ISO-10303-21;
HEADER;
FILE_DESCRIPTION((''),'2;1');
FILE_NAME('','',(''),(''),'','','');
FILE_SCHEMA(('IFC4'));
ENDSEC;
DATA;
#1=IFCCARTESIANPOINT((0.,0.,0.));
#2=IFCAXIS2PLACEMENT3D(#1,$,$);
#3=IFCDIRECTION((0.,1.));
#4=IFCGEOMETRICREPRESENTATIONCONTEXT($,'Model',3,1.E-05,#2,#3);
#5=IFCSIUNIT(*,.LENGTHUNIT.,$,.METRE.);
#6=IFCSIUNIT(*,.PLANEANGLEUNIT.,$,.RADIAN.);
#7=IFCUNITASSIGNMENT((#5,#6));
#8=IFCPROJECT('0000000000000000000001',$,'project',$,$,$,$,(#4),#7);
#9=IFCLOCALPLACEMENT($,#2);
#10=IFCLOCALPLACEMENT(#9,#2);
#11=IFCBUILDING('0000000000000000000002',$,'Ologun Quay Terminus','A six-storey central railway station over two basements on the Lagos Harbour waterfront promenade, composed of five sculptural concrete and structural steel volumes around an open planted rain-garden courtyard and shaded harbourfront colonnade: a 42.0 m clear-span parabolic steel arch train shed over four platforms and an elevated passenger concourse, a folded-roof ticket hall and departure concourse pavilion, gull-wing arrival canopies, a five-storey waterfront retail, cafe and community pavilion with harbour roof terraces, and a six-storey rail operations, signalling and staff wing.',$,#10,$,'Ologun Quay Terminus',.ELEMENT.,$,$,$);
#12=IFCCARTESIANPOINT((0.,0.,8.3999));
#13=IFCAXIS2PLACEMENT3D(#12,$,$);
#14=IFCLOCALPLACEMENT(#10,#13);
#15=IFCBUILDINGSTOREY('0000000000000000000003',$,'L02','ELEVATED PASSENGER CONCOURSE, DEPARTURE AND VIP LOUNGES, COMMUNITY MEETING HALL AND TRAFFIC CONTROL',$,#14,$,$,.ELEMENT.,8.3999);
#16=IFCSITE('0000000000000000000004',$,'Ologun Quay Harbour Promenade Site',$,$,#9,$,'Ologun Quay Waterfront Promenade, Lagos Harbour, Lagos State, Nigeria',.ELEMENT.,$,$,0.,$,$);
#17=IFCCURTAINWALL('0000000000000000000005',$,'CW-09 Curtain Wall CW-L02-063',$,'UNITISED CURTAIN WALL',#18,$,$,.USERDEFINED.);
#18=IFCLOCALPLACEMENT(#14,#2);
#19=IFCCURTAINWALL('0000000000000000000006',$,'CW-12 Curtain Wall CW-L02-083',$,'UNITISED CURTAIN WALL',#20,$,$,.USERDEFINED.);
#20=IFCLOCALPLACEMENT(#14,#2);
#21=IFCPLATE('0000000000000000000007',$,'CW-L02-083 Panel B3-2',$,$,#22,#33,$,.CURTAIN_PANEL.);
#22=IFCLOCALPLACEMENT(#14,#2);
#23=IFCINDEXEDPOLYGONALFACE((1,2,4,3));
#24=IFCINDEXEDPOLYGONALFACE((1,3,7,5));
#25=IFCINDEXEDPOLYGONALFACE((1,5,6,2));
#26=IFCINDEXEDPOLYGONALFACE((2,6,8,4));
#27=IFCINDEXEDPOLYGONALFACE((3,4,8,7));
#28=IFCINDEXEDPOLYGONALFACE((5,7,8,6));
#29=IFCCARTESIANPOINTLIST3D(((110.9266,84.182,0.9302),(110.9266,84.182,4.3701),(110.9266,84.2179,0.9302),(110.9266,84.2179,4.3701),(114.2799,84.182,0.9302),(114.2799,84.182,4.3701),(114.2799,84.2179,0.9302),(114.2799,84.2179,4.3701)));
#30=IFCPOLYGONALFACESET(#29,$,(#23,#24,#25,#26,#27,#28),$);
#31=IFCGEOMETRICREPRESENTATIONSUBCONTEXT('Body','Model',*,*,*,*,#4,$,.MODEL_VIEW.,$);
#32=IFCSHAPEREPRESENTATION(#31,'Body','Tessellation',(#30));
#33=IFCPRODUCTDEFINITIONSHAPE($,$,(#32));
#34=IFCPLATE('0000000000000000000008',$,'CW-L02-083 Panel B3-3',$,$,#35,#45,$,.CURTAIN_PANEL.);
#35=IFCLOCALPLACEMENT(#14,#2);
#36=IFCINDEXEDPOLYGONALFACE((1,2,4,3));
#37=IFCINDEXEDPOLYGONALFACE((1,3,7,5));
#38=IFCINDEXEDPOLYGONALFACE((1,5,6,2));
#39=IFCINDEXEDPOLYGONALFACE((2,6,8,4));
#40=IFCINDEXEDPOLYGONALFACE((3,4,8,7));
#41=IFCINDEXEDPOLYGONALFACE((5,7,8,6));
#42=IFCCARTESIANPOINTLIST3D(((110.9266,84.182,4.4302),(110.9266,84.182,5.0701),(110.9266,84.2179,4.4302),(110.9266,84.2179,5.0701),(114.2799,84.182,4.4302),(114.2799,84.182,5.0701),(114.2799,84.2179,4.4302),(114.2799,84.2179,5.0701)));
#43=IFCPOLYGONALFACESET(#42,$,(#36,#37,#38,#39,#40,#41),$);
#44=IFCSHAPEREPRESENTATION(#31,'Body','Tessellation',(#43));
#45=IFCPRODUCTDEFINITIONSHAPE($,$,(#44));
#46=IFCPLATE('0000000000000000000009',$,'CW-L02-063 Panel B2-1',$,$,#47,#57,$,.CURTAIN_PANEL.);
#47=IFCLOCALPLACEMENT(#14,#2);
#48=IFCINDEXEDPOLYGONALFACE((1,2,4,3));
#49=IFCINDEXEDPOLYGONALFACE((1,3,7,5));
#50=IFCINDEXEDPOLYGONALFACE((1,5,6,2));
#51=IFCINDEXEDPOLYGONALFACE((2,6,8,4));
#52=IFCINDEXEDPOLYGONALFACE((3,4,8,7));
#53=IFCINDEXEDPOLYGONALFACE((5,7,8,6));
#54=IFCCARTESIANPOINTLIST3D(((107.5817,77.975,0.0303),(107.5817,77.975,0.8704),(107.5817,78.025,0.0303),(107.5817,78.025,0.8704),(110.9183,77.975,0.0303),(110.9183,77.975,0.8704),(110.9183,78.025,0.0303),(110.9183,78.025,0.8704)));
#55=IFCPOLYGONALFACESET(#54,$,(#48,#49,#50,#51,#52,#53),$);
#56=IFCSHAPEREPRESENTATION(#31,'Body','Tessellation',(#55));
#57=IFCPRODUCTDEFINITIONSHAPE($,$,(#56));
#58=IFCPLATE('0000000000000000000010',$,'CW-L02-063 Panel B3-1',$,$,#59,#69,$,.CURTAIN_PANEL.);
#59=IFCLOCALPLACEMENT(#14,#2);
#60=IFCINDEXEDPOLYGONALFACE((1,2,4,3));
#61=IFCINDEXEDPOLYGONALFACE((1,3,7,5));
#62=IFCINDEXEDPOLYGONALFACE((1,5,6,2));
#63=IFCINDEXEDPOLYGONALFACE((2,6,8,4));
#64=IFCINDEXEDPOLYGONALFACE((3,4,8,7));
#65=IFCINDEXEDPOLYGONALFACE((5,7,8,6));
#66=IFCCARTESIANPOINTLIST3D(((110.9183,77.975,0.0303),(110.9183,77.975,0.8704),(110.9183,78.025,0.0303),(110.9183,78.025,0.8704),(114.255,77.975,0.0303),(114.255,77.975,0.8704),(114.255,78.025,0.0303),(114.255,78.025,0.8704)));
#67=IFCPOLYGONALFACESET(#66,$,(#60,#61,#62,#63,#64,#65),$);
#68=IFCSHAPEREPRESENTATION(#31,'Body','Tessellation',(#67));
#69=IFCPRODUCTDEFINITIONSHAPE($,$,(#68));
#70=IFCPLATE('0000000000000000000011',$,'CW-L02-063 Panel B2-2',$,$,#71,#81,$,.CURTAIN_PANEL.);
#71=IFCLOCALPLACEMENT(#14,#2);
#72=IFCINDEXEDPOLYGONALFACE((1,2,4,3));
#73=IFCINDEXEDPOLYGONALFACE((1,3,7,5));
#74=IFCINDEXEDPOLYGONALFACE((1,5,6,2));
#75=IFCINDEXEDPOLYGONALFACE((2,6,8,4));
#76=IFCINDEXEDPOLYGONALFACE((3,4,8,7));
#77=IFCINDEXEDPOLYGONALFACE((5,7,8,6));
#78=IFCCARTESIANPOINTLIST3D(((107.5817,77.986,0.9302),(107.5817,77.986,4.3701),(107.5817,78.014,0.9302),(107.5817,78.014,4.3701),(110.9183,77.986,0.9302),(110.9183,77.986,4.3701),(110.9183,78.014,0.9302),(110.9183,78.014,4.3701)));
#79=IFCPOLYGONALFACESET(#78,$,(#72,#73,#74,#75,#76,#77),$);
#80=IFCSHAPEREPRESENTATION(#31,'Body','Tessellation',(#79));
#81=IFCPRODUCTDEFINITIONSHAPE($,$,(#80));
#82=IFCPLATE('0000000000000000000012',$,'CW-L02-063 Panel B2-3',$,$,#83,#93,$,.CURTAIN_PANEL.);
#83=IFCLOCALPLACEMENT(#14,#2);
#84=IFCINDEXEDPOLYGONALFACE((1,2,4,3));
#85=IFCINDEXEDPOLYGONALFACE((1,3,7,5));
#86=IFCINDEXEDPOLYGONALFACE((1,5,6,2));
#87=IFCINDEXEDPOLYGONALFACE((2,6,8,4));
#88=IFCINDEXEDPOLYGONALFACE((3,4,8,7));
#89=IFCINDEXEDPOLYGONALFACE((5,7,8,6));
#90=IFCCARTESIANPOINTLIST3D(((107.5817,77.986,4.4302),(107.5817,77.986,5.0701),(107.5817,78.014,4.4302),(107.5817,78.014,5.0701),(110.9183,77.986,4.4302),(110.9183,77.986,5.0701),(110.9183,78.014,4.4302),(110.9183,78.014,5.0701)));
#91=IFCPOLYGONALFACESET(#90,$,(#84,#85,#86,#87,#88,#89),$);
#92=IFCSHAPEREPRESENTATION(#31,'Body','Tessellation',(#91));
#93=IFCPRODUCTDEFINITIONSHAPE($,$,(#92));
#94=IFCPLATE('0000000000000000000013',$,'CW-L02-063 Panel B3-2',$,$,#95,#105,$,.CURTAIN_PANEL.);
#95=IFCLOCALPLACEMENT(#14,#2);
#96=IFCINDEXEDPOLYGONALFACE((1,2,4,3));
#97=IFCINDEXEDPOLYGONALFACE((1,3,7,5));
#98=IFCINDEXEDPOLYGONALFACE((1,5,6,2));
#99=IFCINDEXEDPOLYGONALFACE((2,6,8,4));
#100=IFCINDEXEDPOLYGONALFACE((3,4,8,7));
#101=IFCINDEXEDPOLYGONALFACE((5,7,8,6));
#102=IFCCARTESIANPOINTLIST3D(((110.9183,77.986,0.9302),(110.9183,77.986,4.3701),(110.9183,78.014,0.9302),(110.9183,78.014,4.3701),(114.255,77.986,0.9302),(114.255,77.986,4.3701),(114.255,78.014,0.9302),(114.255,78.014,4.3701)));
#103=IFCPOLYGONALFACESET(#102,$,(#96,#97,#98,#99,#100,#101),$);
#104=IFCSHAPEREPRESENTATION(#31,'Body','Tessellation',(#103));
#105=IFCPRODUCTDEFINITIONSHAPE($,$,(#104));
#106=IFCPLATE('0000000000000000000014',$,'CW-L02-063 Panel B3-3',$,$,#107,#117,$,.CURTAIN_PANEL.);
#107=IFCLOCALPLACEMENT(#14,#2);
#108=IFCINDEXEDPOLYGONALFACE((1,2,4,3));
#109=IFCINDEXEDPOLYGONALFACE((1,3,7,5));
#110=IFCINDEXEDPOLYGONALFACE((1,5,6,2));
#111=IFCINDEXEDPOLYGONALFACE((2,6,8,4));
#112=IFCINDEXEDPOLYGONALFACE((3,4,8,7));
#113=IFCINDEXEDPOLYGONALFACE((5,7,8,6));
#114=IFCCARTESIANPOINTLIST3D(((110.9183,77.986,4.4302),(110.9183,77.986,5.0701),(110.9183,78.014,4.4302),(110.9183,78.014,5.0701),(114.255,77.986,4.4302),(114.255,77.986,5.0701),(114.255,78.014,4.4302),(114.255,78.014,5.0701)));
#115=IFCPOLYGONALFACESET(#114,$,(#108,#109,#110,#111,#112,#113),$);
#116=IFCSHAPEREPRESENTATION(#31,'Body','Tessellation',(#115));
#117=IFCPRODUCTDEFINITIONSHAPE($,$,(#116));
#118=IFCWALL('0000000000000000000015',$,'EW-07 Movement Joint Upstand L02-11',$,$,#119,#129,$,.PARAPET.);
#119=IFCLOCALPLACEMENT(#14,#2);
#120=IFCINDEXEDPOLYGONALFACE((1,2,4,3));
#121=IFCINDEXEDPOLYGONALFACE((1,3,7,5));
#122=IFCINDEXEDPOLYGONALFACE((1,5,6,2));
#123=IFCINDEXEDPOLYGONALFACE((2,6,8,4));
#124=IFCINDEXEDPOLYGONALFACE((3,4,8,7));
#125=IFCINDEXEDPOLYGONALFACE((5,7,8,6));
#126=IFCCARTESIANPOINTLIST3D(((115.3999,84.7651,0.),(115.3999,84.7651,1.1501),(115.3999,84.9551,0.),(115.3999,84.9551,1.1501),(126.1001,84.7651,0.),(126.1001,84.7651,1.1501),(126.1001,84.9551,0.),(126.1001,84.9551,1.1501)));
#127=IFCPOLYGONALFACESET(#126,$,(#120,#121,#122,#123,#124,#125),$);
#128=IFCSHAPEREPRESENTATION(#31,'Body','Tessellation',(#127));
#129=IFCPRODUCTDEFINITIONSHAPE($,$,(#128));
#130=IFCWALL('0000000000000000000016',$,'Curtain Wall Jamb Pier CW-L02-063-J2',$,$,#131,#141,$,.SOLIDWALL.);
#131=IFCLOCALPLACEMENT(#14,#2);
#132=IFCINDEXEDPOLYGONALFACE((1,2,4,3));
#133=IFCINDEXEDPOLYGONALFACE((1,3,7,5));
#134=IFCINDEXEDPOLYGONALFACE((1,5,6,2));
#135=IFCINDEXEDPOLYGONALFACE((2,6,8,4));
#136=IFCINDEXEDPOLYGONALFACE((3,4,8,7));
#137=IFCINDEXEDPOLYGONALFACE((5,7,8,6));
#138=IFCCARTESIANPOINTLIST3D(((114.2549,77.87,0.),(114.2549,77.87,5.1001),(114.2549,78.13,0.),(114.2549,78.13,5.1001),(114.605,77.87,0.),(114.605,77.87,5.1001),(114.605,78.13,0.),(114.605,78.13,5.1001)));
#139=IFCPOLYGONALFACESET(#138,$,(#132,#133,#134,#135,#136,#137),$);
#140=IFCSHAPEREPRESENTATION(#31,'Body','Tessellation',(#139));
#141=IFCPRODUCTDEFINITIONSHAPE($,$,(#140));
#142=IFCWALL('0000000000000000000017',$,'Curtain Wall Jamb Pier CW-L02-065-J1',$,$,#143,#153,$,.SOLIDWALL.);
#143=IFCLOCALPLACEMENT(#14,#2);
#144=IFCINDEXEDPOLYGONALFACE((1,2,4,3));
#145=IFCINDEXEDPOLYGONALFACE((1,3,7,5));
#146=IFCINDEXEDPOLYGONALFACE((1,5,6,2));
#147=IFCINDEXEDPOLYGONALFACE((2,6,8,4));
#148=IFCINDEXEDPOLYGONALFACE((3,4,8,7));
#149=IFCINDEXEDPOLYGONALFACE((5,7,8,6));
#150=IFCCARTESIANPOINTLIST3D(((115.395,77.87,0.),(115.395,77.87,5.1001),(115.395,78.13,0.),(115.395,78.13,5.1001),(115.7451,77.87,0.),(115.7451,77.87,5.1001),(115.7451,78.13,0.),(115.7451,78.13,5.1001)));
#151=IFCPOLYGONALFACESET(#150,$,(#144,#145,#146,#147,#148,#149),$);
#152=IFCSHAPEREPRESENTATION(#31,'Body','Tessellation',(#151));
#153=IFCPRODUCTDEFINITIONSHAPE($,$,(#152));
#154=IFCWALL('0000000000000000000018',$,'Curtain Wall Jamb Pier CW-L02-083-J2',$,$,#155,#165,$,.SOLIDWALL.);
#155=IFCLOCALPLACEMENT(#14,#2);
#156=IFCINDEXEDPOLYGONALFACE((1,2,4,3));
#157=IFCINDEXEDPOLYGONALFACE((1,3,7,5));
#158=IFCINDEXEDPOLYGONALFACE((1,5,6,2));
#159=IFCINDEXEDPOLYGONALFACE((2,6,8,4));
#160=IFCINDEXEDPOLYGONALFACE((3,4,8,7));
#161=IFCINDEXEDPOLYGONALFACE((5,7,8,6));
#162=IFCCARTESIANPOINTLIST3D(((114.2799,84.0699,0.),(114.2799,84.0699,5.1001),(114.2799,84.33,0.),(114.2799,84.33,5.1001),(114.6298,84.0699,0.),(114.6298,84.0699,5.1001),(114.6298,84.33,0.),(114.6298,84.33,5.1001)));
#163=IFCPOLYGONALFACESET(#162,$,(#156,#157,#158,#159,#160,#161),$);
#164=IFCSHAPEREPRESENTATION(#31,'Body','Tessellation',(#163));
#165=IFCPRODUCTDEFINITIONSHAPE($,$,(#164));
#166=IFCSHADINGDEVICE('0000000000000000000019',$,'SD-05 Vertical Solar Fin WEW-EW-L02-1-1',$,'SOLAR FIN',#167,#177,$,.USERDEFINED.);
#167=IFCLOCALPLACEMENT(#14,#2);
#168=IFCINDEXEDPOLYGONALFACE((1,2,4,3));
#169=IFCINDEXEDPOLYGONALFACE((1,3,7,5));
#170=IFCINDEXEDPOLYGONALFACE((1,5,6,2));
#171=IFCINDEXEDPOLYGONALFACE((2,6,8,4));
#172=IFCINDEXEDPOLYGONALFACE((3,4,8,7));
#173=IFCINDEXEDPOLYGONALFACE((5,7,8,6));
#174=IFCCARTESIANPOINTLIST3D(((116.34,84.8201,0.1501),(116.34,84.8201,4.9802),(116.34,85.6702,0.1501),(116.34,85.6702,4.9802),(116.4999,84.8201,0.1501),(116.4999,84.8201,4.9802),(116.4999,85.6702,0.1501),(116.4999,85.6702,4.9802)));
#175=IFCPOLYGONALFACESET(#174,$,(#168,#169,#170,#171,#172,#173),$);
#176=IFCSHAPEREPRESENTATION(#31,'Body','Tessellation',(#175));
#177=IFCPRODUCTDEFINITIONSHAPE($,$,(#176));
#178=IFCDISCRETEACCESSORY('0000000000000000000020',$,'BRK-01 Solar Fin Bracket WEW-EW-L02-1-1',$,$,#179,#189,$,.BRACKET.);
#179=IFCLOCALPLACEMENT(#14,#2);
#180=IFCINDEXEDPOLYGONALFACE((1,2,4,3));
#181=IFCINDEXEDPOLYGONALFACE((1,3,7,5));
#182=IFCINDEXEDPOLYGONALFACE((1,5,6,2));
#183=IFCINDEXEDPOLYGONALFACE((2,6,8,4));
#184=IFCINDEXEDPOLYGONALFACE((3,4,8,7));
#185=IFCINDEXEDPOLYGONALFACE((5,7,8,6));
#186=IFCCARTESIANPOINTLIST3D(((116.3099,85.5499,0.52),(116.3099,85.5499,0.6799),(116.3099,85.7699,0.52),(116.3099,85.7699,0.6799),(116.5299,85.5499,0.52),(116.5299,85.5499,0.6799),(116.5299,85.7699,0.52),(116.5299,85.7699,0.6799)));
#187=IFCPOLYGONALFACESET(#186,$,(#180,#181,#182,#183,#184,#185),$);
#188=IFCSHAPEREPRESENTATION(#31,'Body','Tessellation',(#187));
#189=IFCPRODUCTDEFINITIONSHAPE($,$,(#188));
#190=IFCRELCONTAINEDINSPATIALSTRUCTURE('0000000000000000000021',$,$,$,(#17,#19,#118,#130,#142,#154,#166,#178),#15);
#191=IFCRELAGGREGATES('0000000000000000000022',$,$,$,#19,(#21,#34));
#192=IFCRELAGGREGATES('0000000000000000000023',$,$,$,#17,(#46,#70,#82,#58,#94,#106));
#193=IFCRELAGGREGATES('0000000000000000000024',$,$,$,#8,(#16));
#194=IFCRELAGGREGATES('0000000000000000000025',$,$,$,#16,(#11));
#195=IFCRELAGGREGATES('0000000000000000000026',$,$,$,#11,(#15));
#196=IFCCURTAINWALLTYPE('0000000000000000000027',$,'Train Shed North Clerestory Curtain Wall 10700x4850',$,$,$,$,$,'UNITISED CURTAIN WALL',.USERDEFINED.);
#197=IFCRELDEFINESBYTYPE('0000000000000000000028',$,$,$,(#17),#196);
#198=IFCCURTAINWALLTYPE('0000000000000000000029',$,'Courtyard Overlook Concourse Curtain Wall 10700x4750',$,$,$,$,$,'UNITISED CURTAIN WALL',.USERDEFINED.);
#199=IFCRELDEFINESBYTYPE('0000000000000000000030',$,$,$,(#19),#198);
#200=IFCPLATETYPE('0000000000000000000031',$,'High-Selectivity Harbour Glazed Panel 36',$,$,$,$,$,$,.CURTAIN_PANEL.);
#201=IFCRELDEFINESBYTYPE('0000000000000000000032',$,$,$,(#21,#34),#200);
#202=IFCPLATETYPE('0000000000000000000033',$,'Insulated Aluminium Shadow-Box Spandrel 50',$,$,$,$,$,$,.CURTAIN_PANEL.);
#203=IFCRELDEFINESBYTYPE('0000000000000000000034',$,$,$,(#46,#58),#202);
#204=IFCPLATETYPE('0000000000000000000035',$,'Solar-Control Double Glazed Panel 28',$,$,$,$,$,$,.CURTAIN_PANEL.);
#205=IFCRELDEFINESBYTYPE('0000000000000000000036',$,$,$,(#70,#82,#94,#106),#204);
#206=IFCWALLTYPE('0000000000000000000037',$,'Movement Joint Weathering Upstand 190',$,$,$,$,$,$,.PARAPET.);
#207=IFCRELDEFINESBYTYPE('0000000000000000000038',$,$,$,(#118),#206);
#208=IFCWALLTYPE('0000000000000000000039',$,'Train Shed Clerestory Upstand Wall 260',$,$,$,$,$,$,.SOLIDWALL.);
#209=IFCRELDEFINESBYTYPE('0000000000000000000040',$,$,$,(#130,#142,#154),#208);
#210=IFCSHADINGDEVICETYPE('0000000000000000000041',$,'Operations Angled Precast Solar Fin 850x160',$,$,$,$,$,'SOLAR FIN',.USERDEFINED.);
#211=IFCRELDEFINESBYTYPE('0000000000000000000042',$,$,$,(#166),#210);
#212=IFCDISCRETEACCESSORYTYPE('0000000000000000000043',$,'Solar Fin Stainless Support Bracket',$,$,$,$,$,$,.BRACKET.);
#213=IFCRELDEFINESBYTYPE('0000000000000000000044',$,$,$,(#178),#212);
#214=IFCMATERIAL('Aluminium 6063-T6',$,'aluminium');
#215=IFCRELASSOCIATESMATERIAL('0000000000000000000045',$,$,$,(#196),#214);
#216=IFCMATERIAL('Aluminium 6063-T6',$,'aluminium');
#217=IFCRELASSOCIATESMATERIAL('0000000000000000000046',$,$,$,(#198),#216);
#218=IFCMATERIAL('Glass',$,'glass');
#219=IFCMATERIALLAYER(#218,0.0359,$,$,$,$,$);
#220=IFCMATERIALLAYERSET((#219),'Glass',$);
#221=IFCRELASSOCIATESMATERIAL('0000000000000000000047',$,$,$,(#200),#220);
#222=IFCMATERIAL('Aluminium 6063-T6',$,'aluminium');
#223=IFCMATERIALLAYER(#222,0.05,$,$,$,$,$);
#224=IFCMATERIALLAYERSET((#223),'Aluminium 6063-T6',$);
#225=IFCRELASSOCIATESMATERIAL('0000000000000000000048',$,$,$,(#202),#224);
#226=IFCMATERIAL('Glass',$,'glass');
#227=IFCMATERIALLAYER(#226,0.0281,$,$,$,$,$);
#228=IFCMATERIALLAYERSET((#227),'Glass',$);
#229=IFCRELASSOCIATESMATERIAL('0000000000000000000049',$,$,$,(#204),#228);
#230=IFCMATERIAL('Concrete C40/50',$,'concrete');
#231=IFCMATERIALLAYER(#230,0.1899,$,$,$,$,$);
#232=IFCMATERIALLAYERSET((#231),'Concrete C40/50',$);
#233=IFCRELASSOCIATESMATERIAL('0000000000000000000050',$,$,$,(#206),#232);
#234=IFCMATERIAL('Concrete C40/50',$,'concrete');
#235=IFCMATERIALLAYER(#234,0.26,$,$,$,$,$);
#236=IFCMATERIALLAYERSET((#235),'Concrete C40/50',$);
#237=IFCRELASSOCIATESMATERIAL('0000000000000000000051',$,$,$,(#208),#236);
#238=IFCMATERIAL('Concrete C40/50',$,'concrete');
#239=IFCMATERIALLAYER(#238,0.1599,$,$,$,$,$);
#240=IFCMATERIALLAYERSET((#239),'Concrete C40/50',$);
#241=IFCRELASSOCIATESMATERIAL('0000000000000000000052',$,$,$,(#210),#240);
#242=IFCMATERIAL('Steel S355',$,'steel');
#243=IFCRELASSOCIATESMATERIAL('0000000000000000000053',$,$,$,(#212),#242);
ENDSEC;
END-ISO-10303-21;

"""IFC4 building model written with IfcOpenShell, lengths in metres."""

from ifc_helpers import new_model, si_unit, direction, frame, frame_2d, origin, origin_2d, place, context, subcontext, project, spatial, rectangle, extrude, material, layer, layer_set, type_object, element, aggregate, save


model = new_model("IFC4")

# Units and contexts
model_context = context("Model", 3, precision=1e-05, world=origin(), true_north=direction((0.0, 1.0)))
body_context = subcontext(model_context, "Body", "Model", "MODEL_VIEW")
ifc_project = project(units=[si_unit("LENGTHUNIT", "METRE"), si_unit("PLANEANGLEUNIT", "RADIAN")], contexts=[model_context])

# Site, building, storey
site_placement = place(None, origin())
site = spatial("IfcSite", under=ifc_project, at=site_placement, Name="Ologun Quay Harbour Promenade Site", LongName="Ologun Quay Waterfront Promenade, Lagos Harbour, Lagos State, Nigeria", CompositionType="ELEMENT", RefElevation=0.0)
building_placement = place(site_placement, origin())
building = spatial("IfcBuilding", under=site, at=building_placement, Name="Ologun Quay Terminus", Description="A six-storey central railway station over two basements on the Lagos Harbour waterfront promenade, composed of five sculptural concrete and structural steel volumes around an open planted rain-garden courtyard and shaded harbourfront colonnade: a 42.0 m clear-span parabolic steel arch train shed over four platforms and an elevated passenger concourse, a folded-roof ticket hall and departure concourse pavilion, gull-wing arrival canopies, a five-storey waterfront retail, cafe and community pavilion with harbour roof terraces, and a six-storey rail operations, signalling and staff wing.", LongName="Ologun Quay Terminus", CompositionType="ELEMENT")
storey_placement = place(building_placement, frame((0.0, 0.0, 8.3999)))
storey = spatial("IfcBuildingStorey", under=building, at=storey_placement, Name="L02", Description="ELEVATED PASSENGER CONCOURSE, DEPARTURE AND VIP LOUNGES, COMMUNITY MEETING HALL AND TRAFFIC CONTROL", CompositionType="ELEMENT", Elevation=8.3999)

# Curtain wall
ifc_material_1 = material(Name="Aluminium 6063-T6", Category="aluminium")
curtain_wall_type_1 = type_object("IfcCurtainWallType", Name="Train Shed North Clerestory Curtain Wall 10700x4850", ElementType="UNITISED CURTAIN WALL", PredefinedType="USERDEFINED", material=ifc_material_1)
curtain_wall_1_placement = place(storey_placement, origin())
curtain_wall_1 = element("IfcCurtainWall", 1, at=curtain_wall_1_placement, inside=storey, type_object=curtain_wall_type_1, Name="CW-09 Curtain Wall CW-L02-063", ObjectType="UNITISED CURTAIN WALL", PredefinedType="USERDEFINED")

# Curtain wall
ifc_material_2 = material(Name="Aluminium 6063-T6", Category="aluminium")
curtain_wall_type_2 = type_object("IfcCurtainWallType", Name="Courtyard Overlook Concourse Curtain Wall 10700x4750", ElementType="UNITISED CURTAIN WALL", PredefinedType="USERDEFINED", material=ifc_material_2)
curtain_wall_2_placement = place(storey_placement, origin())
curtain_wall_2 = element("IfcCurtainWall", 2, at=curtain_wall_2_placement, inside=storey, type_object=curtain_wall_type_2, Name="CW-12 Curtain Wall CW-L02-083", ObjectType="UNITISED CURTAIN WALL", PredefinedType="USERDEFINED")

# Plates
ifc_material_3 = material(Name="Glass", Category="glass")
ifc_layer_1 = layer(ifc_material_3, 0.0359)
ifc_layer_set_1 = layer_set([ifc_layer_1], Name="Glass")
plate_type_1 = type_object("IfcPlateType", Name="High-Selectivity Harbour Glazed Panel 36", PredefinedType="CURTAIN_PANEL", material=ifc_layer_set_1)
plate_1_placement = place(storey_placement, frame((112.6033, 84.2, 0.9302), z_axis=(0.0, 0.0, 1.0), x_axis=(1.0, 0.0, 0.0)))
plate_1 = element("IfcPlate", 3, at=plate_1_placement, type_object=plate_type_1, Name="CW-L02-083 Panel B3-2", PredefinedType="CURTAIN_PANEL", context=body_context, shape_type="SweptSolid", body=[
    extrude(rectangle(XDim=3.3533, YDim=0.0359, at=origin_2d()), origin(), (0.0, 0.0, 1.0), 3.4399),
])
plate_2_placement = place(storey_placement, frame((112.6033, 84.2, 4.4302), z_axis=(0.0, 0.0, 1.0), x_axis=(1.0, 0.0, 0.0)))
plate_2 = element("IfcPlate", 4, at=plate_2_placement, type_object=plate_type_1, Name="CW-L02-083 Panel B3-3", PredefinedType="CURTAIN_PANEL", context=body_context, shape_type="SweptSolid", body=[
    extrude(rectangle(XDim=3.3533, YDim=0.0359, at=origin_2d()), origin(), (0.0, 0.0, 1.0), 0.6399),
])
aggregate(curtain_wall_2, [plate_1, plate_2])
ifc_material_4 = material(Name="Aluminium 6063-T6", Category="aluminium")
ifc_layer_2 = layer(ifc_material_4, 0.05)
ifc_layer_set_2 = layer_set([ifc_layer_2], Name="Aluminium 6063-T6")
plate_type_2 = type_object("IfcPlateType", Name="Insulated Aluminium Shadow-Box Spandrel 50", PredefinedType="CURTAIN_PANEL", material=ifc_layer_set_2)
plate_3_placement = place(storey_placement, frame((109.25, 78.0, 0.0303), z_axis=(0.0, 0.0, 1.0), x_axis=(1.0, 0.0, 0.0)))
plate_3 = element("IfcPlate", 5, at=plate_3_placement, type_object=plate_type_2, Name="CW-L02-063 Panel B2-1", PredefinedType="CURTAIN_PANEL", context=body_context, shape_type="SweptSolid", body=[
    extrude(rectangle(XDim=3.3367, YDim=0.05, at=origin_2d()), origin(), (0.0, 0.0, 1.0), 0.8401),
])
plate_4_placement = place(storey_placement, frame((112.5867, 78.0, 0.0303), z_axis=(0.0, 0.0, 1.0), x_axis=(1.0, 0.0, 0.0)))
plate_4 = element("IfcPlate", 6, at=plate_4_placement, type_object=plate_type_2, Name="CW-L02-063 Panel B3-1", PredefinedType="CURTAIN_PANEL", context=body_context, shape_type="SweptSolid", body=[
    extrude(rectangle(XDim=3.3367, YDim=0.05, at=origin_2d()), origin(), (0.0, 0.0, 1.0), 0.8401),
])
ifc_material_5 = material(Name="Glass", Category="glass")
ifc_layer_3 = layer(ifc_material_5, 0.0281)
ifc_layer_set_3 = layer_set([ifc_layer_3], Name="Glass")
plate_type_3 = type_object("IfcPlateType", Name="Solar-Control Double Glazed Panel 28", PredefinedType="CURTAIN_PANEL", material=ifc_layer_set_3)
plate_5_placement = place(storey_placement, frame((109.25, 78.0, 0.9302), z_axis=(0.0, 0.0, 1.0), x_axis=(1.0, 0.0, 0.0)))
plate_5 = element("IfcPlate", 7, at=plate_5_placement, type_object=plate_type_3, Name="CW-L02-063 Panel B2-2", PredefinedType="CURTAIN_PANEL", context=body_context, shape_type="SweptSolid", body=[
    extrude(rectangle(XDim=3.3367, YDim=0.0281, at=origin_2d()), origin(), (0.0, 0.0, 1.0), 3.4399),
])
plate_6_placement = place(storey_placement, frame((109.25, 78.0, 4.4302), z_axis=(0.0, 0.0, 1.0), x_axis=(1.0, 0.0, 0.0)))
plate_6 = element("IfcPlate", 8, at=plate_6_placement, type_object=plate_type_3, Name="CW-L02-063 Panel B2-3", PredefinedType="CURTAIN_PANEL", context=body_context, shape_type="SweptSolid", body=[
    extrude(rectangle(XDim=3.3367, YDim=0.0281, at=origin_2d()), origin(), (0.0, 0.0, 1.0), 0.6399),
])
plate_7_placement = place(storey_placement, frame((112.5867, 78.0, 0.9302), z_axis=(0.0, 0.0, 1.0), x_axis=(1.0, 0.0, 0.0)))
plate_7 = element("IfcPlate", 9, at=plate_7_placement, type_object=plate_type_3, Name="CW-L02-063 Panel B3-2", PredefinedType="CURTAIN_PANEL", context=body_context, shape_type="SweptSolid", body=[
    extrude(rectangle(XDim=3.3367, YDim=0.0281, at=origin_2d()), origin(), (0.0, 0.0, 1.0), 3.4399),
])
plate_8_placement = place(storey_placement, frame((112.5867, 78.0, 4.4302), z_axis=(0.0, 0.0, 1.0), x_axis=(1.0, 0.0, 0.0)))
plate_8 = element("IfcPlate", 10, at=plate_8_placement, type_object=plate_type_3, Name="CW-L02-063 Panel B3-3", PredefinedType="CURTAIN_PANEL", context=body_context, shape_type="SweptSolid", body=[
    extrude(rectangle(XDim=3.3367, YDim=0.0281, at=origin_2d()), origin(), (0.0, 0.0, 1.0), 0.6399),
])
aggregate(curtain_wall_1, [plate_3, plate_5, plate_6, plate_4, plate_7, plate_8])

# Walls
ifc_material_6 = material(Name="Concrete C40/50", Category="concrete")
ifc_layer_4 = layer(ifc_material_6, 0.1899)
ifc_layer_set_4 = layer_set([ifc_layer_4], Name="Concrete C40/50")
wall_type_1 = type_object("IfcWallType", Name="Movement Joint Weathering Upstand 190", PredefinedType="PARAPET", material=ifc_layer_set_4)
wall_1_placement = place(storey_placement, frame((115.3999, 84.8601, 0.0), z_axis=(0.0, 0.0, 1.0), x_axis=(1.0, 0.0, 0.0)))
element("IfcWall", 11, at=wall_1_placement, inside=storey, type_object=wall_type_1, Name="EW-07 Movement Joint Upstand L02-11", PredefinedType="PARAPET", context=body_context, shape_type="SweptSolid", body=[
    extrude(rectangle(XDim=10.7002, YDim=0.1899, at=frame_2d((5.3501, 0.0))), origin(), (0.0, 0.0, 1.0), 1.1501),
])
ifc_material_7 = material(Name="Concrete C40/50", Category="concrete")
ifc_layer_5 = layer(ifc_material_7, 0.26)
ifc_layer_set_5 = layer_set([ifc_layer_5], Name="Concrete C40/50")
wall_type_2 = type_object("IfcWallType", Name="Train Shed Clerestory Upstand Wall 260", PredefinedType="SOLIDWALL", material=ifc_layer_set_5)
for number, where, z_axis, x_axis, name in (
    (12, (114.2549, 78.0, 0.0), (0.0, 0.0, 1.0), (1.0, 0.0, 0.0), "Curtain Wall Jamb Pier CW-L02-063-J2"),
    (13, (115.395, 78.0, 0.0), (0.0, 0.0, 1.0), (1.0, 0.0, 0.0), "Curtain Wall Jamb Pier CW-L02-065-J1"),
):
    element("IfcWall", number, at=place(storey_placement, frame(where, z_axis=z_axis, x_axis=x_axis)), inside=storey, type_object=wall_type_2, Name=name, PredefinedType="SOLIDWALL", context=body_context, shape_type="SweptSolid", body=[
        extrude(rectangle(XDim=0.3501, YDim=0.26, at=frame_2d((0.175, 0.0))), origin(), (0.0, 0.0, 1.0), 5.1001),
    ])
wall_2_placement = place(storey_placement, frame((114.28, 84.2, 0.0), z_axis=(0.0, 0.0, 1.0), x_axis=(1.0, 0.0, 0.0)))
element("IfcWall", 14, at=wall_2_placement, inside=storey, type_object=wall_type_2, Name="Curtain Wall Jamb Pier CW-L02-083-J2", PredefinedType="SOLIDWALL", context=body_context, shape_type="SweptSolid", body=[
    extrude(rectangle(XDim=0.3499, YDim=0.26, at=frame_2d((0.1748, 0.0))), origin(), (0.0, 0.0, 1.0), 5.1001),
])

# Shading device
ifc_material_8 = material(Name="Concrete C40/50", Category="concrete")
ifc_layer_6 = layer(ifc_material_8, 0.1599)
ifc_layer_set_6 = layer_set([ifc_layer_6], Name="Concrete C40/50")
shading_device_type = type_object("IfcShadingDeviceType", Name="Operations Angled Precast Solar Fin 850x160", ElementType="SOLAR FIN", PredefinedType="USERDEFINED", material=ifc_layer_set_6)
shading_device_placement = place(storey_placement, frame((116.4199, 85.2451, 0.1501), z_axis=(0.0, 0.0, 1.0), x_axis=(1.0, 0.0, 0.0)))
element("IfcShadingDevice", 15, at=shading_device_placement, inside=storey, type_object=shading_device_type, Name="SD-05 Vertical Solar Fin WEW-EW-L02-1-1", ObjectType="SOLAR FIN", PredefinedType="USERDEFINED", context=body_context, shape_type="SweptSolid", body=[
    extrude(rectangle(XDim=0.1599, YDim=0.8501, at=origin_2d()), origin(), (0.0, 0.0, 1.0), 4.8301),
])

# Discrete accessory
ifc_material_9 = material(Name="Steel S355", Category="steel")
discrete_accessory_type = type_object("IfcDiscreteAccessoryType", Name="Solar Fin Stainless Support Bracket", PredefinedType="BRACKET", material=ifc_material_9)
discrete_accessory_placement = place(storey_placement, frame((116.4199, 85.6599, 0.52), z_axis=(0.0, 0.0, 1.0), x_axis=(1.0, 0.0, 0.0)))
element("IfcDiscreteAccessory", 16, at=discrete_accessory_placement, inside=storey, type_object=discrete_accessory_type, Name="BRK-01 Solar Fin Bracket WEW-EW-L02-1-1", PredefinedType="BRACKET", context=body_context, shape_type="SweptSolid", body=[
    extrude(rectangle(XDim=0.22, YDim=0.22, at=origin_2d()), origin(), (0.0, 0.0, 1.0), 0.1599),
])

save(model, "model.ifc")
